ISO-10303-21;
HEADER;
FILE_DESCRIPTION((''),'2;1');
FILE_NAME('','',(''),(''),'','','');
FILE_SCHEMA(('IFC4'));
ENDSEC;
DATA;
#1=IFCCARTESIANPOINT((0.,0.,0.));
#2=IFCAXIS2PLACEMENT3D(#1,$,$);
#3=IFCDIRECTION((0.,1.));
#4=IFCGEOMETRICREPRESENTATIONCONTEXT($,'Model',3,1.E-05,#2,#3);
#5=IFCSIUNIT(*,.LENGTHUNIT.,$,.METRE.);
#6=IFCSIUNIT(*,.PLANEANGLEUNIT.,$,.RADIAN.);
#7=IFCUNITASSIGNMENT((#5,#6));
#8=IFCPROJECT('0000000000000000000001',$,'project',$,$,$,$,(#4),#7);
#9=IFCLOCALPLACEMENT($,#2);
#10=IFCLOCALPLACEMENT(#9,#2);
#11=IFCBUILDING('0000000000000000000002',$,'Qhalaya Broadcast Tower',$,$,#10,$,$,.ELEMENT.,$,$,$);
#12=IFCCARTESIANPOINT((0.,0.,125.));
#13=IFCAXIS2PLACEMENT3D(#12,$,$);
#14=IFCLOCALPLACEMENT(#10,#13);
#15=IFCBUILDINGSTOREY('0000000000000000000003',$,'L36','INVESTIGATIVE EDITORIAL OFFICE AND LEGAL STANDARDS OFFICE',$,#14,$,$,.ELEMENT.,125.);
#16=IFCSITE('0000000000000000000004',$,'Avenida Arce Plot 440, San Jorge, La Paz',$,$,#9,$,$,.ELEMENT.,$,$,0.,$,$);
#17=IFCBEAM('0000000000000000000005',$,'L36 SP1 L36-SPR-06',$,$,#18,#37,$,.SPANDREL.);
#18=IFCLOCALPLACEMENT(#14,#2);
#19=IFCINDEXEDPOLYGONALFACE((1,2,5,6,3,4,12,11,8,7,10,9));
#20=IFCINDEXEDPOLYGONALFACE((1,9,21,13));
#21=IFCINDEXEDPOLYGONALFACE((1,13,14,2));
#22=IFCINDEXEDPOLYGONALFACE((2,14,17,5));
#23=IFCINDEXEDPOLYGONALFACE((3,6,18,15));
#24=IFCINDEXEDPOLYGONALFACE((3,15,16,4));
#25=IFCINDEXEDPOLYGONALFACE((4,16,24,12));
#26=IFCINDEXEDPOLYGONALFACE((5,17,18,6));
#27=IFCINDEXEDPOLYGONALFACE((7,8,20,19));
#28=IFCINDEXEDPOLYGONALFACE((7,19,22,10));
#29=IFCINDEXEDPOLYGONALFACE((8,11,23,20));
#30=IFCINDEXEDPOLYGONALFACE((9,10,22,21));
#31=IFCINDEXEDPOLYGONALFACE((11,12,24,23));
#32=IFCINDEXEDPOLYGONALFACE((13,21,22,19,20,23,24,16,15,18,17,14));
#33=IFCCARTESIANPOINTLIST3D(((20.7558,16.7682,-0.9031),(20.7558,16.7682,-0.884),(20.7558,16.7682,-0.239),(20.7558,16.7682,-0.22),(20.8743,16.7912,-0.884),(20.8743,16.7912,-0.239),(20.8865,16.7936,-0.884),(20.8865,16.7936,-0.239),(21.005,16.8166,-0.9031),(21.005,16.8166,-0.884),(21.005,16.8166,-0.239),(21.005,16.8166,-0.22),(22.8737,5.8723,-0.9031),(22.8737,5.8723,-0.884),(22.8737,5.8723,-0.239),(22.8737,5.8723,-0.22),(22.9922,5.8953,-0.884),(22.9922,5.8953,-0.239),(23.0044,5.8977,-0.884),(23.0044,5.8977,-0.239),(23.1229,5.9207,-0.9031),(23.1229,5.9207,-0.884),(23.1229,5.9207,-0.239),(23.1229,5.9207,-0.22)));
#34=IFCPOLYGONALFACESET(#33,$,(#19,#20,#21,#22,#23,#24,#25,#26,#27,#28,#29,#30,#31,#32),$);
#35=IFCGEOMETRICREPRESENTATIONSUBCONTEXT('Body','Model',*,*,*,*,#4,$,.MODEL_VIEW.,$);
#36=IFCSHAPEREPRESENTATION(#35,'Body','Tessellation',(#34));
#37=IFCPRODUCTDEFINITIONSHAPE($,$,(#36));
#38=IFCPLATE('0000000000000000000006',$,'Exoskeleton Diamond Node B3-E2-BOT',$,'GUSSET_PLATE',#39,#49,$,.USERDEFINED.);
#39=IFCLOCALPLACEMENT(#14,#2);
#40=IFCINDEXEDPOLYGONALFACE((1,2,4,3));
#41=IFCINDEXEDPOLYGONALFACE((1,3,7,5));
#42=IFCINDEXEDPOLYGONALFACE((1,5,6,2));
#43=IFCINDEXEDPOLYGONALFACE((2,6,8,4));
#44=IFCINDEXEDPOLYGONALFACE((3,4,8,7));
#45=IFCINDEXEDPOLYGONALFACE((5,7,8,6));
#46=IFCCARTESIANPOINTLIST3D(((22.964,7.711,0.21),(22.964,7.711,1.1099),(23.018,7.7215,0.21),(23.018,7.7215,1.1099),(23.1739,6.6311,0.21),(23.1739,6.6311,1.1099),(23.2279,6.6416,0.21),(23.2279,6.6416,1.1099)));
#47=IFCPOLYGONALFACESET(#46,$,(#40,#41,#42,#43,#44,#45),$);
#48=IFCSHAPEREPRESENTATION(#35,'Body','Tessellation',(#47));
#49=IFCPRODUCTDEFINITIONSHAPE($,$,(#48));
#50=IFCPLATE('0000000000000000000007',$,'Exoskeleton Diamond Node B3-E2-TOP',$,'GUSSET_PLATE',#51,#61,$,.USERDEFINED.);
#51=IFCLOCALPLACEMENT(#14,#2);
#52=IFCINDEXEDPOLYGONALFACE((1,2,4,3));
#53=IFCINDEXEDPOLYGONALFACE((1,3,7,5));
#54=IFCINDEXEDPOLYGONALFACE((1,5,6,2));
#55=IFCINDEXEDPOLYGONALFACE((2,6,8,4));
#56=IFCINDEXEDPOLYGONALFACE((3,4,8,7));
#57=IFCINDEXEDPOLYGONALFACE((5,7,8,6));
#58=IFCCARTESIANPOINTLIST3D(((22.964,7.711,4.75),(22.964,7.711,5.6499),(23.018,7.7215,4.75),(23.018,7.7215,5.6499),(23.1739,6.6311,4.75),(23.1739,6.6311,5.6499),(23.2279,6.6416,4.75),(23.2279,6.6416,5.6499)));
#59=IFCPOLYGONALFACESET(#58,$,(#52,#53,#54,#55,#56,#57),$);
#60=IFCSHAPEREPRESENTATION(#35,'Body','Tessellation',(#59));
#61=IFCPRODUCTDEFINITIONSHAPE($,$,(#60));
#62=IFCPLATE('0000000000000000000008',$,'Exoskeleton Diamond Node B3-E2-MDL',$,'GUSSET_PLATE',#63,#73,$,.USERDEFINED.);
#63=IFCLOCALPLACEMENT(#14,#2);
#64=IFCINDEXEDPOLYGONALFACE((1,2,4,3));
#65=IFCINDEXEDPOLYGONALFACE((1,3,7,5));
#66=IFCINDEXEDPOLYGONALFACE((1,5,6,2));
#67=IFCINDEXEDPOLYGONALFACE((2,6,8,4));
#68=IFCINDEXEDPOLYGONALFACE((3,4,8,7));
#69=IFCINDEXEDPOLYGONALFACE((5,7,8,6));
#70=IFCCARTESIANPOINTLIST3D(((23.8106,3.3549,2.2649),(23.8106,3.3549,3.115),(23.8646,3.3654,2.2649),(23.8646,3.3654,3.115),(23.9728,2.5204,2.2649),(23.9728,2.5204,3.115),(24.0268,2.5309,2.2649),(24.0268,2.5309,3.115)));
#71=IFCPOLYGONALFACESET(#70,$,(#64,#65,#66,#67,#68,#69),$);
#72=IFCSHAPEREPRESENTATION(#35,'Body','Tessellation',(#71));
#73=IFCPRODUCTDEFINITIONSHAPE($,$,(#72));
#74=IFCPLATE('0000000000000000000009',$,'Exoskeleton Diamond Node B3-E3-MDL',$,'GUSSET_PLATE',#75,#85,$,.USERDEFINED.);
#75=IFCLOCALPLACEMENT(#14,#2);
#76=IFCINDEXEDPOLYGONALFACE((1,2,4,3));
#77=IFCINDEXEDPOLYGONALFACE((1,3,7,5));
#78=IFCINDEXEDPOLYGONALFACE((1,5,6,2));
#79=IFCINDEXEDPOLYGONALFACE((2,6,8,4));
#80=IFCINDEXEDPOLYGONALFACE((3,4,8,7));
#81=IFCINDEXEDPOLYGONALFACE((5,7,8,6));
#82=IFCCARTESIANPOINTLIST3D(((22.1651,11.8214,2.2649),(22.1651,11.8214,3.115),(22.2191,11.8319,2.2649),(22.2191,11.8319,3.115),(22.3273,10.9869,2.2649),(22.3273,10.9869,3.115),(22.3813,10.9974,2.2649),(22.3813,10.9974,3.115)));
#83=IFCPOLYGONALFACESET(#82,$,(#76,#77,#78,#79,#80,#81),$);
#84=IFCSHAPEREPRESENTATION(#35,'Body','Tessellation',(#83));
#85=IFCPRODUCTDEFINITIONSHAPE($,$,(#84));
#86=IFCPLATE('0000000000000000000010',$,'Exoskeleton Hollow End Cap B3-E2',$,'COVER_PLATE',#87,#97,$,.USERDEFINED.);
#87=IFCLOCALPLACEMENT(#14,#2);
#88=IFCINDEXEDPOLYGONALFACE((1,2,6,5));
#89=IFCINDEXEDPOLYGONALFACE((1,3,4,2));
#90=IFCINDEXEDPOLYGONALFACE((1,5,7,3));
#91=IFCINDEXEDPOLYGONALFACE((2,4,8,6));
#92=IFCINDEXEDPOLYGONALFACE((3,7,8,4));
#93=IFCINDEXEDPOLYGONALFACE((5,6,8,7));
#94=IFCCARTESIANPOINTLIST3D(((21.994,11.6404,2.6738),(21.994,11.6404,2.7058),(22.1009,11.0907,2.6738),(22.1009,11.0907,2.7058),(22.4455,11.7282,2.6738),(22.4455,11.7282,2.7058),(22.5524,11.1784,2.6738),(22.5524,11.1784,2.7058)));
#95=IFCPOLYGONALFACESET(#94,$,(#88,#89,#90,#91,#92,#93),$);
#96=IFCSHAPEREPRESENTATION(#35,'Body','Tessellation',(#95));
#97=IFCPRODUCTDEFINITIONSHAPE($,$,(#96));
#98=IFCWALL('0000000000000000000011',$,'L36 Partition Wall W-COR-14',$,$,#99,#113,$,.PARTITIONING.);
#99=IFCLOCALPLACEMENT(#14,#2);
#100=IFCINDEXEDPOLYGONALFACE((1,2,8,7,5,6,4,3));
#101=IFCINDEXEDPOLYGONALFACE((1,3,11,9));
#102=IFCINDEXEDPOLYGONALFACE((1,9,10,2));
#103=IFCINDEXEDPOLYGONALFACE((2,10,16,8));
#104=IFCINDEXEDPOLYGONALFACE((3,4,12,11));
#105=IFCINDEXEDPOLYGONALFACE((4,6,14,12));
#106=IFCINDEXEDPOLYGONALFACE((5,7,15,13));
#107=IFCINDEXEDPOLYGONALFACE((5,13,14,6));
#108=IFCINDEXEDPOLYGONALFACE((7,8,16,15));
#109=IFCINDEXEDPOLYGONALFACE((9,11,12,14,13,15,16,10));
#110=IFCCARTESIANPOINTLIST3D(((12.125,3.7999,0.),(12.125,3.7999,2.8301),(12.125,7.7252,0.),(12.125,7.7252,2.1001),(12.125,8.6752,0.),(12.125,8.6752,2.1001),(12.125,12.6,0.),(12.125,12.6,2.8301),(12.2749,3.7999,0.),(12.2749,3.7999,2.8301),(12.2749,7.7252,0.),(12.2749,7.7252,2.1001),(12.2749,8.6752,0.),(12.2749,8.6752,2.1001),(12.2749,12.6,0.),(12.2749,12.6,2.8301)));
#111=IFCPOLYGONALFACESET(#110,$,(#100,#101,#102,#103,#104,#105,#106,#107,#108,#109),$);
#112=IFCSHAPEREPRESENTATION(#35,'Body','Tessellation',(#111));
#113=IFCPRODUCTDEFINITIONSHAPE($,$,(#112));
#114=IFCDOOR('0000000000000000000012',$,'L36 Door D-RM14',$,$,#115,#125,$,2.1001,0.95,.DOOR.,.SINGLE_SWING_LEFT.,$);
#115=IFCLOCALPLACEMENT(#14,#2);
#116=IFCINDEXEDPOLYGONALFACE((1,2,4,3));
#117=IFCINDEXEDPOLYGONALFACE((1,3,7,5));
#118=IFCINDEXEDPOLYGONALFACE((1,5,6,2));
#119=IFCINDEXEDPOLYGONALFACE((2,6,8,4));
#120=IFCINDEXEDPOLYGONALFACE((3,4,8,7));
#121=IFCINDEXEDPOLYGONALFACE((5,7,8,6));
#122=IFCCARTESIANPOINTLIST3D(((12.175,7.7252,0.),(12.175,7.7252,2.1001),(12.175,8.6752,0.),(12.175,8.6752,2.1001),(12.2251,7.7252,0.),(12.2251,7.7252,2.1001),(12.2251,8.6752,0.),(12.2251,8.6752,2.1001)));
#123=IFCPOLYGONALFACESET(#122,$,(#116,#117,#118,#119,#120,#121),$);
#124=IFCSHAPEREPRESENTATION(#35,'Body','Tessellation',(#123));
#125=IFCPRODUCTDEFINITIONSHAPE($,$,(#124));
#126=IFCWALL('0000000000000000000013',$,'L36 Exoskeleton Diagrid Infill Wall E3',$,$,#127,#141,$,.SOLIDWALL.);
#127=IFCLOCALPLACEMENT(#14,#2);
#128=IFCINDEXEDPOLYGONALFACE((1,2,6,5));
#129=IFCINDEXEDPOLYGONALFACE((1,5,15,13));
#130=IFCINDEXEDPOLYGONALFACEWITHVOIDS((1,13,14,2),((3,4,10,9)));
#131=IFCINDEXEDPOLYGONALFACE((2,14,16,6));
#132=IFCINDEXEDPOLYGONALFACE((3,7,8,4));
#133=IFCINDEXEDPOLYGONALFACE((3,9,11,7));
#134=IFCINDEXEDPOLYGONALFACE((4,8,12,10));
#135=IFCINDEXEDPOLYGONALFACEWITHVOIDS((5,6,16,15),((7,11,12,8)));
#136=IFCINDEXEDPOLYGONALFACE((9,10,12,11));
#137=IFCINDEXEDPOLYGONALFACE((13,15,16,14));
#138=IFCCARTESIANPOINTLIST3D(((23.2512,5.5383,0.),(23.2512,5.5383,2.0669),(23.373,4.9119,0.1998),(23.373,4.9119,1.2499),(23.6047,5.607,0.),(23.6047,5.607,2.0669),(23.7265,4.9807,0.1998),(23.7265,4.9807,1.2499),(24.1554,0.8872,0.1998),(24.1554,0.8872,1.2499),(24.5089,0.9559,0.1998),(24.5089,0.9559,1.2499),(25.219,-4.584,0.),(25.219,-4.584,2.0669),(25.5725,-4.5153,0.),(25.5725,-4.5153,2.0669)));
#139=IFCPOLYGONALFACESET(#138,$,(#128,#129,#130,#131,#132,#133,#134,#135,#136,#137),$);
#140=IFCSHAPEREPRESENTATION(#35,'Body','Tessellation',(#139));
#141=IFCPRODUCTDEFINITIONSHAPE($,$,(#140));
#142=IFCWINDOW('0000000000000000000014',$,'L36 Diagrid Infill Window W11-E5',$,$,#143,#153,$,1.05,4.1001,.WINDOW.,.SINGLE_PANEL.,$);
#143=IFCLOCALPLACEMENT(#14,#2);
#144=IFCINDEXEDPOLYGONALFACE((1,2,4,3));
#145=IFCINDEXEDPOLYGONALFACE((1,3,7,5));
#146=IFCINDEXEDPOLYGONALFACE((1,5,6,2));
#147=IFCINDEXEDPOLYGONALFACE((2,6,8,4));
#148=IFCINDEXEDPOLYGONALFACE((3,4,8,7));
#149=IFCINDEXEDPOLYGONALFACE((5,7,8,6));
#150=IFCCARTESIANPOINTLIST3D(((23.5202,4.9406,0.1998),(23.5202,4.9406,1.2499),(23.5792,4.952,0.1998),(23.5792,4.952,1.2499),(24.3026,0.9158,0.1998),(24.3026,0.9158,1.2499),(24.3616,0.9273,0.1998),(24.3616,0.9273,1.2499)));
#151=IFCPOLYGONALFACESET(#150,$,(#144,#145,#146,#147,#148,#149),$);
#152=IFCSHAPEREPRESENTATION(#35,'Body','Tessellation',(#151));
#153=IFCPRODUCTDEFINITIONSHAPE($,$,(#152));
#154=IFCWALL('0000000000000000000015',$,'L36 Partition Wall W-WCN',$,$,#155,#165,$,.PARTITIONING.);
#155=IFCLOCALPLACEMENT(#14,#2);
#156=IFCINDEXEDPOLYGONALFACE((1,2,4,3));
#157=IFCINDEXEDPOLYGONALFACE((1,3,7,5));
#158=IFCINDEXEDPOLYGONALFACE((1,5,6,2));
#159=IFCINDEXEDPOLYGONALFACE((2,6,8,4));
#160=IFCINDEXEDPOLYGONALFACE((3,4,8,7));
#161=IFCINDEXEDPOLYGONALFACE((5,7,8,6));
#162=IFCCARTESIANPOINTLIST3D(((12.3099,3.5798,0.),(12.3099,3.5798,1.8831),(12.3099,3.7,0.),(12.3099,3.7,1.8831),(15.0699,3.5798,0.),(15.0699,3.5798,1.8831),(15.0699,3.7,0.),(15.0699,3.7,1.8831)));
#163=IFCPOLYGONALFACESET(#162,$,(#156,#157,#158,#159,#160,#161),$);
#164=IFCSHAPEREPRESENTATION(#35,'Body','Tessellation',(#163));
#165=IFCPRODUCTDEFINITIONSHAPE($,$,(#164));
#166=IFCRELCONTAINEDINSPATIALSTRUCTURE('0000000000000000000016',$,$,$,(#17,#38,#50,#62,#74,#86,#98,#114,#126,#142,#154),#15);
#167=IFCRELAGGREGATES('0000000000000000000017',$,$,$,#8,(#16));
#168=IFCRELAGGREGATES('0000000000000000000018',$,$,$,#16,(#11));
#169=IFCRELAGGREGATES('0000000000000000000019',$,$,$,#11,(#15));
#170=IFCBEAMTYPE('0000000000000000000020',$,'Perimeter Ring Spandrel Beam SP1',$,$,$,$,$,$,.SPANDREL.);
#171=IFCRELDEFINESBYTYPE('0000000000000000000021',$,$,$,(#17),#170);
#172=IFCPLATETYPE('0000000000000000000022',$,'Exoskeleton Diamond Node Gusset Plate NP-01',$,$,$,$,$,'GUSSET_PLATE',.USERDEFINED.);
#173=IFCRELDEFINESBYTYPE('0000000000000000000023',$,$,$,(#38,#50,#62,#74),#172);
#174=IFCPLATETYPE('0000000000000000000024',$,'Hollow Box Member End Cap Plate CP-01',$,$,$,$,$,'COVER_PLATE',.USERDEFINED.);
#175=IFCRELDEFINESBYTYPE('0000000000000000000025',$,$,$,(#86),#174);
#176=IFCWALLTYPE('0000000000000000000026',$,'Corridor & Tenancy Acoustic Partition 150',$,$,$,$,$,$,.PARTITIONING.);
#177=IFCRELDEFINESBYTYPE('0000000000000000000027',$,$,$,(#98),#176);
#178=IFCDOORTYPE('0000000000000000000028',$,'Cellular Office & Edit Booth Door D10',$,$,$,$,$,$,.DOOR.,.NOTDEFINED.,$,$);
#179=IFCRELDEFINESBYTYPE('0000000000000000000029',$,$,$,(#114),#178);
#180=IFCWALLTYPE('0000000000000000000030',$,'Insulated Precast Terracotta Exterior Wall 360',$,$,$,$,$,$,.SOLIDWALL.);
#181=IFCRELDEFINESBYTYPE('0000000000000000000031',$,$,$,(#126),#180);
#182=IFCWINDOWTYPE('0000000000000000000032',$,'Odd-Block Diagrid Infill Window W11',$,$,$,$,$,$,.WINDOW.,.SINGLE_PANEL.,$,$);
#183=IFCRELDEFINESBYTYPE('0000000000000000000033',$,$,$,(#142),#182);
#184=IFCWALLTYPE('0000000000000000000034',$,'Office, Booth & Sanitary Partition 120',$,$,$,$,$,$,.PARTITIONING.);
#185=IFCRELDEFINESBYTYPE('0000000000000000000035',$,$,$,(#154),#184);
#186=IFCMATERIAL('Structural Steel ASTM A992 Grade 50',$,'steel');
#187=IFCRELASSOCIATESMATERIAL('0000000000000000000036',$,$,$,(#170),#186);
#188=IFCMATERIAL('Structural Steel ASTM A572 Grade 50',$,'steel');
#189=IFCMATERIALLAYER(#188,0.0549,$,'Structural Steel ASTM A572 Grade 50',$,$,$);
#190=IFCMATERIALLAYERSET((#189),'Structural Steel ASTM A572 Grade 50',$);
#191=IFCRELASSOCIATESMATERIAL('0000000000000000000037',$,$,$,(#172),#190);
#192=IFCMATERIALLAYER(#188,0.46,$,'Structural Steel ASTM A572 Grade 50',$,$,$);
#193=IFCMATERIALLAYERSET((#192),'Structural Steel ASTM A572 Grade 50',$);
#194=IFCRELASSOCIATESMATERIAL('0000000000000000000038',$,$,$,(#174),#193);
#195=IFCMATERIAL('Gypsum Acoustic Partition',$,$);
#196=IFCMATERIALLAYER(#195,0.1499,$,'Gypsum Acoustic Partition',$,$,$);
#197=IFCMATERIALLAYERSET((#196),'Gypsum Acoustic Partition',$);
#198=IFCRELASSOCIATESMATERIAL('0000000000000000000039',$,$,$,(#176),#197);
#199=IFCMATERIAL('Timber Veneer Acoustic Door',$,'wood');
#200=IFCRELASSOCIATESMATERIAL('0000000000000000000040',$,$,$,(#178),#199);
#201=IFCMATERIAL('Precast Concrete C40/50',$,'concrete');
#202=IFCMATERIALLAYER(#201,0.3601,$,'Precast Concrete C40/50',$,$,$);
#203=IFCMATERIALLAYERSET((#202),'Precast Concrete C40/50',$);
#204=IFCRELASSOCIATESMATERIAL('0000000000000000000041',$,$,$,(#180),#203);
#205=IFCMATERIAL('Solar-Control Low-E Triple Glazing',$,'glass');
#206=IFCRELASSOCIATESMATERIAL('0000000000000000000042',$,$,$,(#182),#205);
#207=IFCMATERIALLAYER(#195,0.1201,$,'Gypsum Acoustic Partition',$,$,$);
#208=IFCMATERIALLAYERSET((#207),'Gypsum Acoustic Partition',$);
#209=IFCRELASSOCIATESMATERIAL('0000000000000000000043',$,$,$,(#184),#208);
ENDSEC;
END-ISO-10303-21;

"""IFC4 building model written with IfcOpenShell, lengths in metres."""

from ifc_helpers import new_model, si_unit, direction, frame, frame_2d, origin, origin_2d, place, context, subcontext, project, spatial, rectangle, i_section, extrude, material, layer, layer_set, material_profile, profile_set, type_object, element, fill, save


model = new_model("IFC4")

# Units and contexts
model_context = context("Model", 3, precision=1e-05, world=origin(), true_north=direction((0.0, 1.0)))
body_context = subcontext(model_context, "Body", "Model", "MODEL_VIEW")
ifc_project = project(units=[si_unit("LENGTHUNIT", "METRE"), si_unit("PLANEANGLEUNIT", "RADIAN")], contexts=[model_context])

# Site, building, storey
site_placement = place(None, origin())
site = spatial("IfcSite", under=ifc_project, at=site_placement, Name="Avenida Arce Plot 440, San Jorge, La Paz", CompositionType="ELEMENT", RefElevation=0.0)
building_placement = place(site_placement, origin())
building = spatial("IfcBuilding", under=site, at=building_placement, Name="Qhalaya Broadcast Tower", CompositionType="ELEMENT")
storey_placement = place(building_placement, frame((0.0, 0.0, 125.0)))
storey = spatial("IfcBuildingStorey", under=building, at=storey_placement, Name="L36", Description="INVESTIGATIVE EDITORIAL OFFICE AND LEGAL STANDARDS OFFICE", CompositionType="ELEMENT", Elevation=125.0)

# Shared definitions
ifc_material_1 = material(Name="Structural Steel ASTM A572 Grade 50", Category="steel")

# Shared definitions
ifc_material_2 = material(Name="Structural Steel ASTM A992 Grade 50", Category="steel")

# Beam
ifc_material_profile_1 = material_profile(ifc_material_2, i_section(OverallWidth=0.2539, OverallDepth=0.6831, WebThickness=0.0125, FlangeThickness=0.019, at=origin_2d()), Name="W27X94")
ifc_profile_set_1 = profile_set([ifc_material_profile_1], Name="Structural Steel ASTM A992 Grade 50")
beam_type_1 = type_object("IfcBeamType", Name="Perimeter Ring Spandrel Beam SP1", PredefinedType="SPANDREL", material=ifc_profile_set_1)
beam_1_placement = place(storey_placement, frame((22.9983, 5.8965, -0.5615), z_axis=(-0.190805, 0.981628, 0.0), x_axis=(-0.981628, -0.190805, 0.0)))
element("IfcBeam", 1, at=beam_1_placement, inside=storey, type_object=beam_type_1, Name="L36 SP1 L36-SPR-06", PredefinedType="SPANDREL", context=body_context, shape_type="SweptSolid", body=[
    extrude(i_section(OverallWidth=0.2539, OverallDepth=0.6831, WebThickness=0.0125, FlangeThickness=0.019, at=origin_2d()), origin(), (0.0, 0.0, 1.0), 11.0999),
])

# Plates
ifc_layer_1 = layer(ifc_material_1, 0.0549, Name="Structural Steel ASTM A572 Grade 50")
ifc_layer_set_1 = layer_set([ifc_layer_1], Name="Structural Steel ASTM A572 Grade 50")
plate_type_1 = type_object("IfcPlateType", Name="Exoskeleton Diamond Node Gusset Plate NP-01", ElementType="GUSSET_PLATE", PredefinedType="USERDEFINED", material=ifc_layer_set_1)
for number, where, z_axis, x_axis, name in (
    (2, (23.0959, 7.1763, 0.21), (0.0, 0.0, 1.0), (-0.190809, 0.981627, 0.0), "Exoskeleton Diamond Node B3-E2-BOT"),
    (3, (23.0959, 7.1763, 4.75), (0.0, 0.0, 1.0), (-0.190809, 0.981627, 0.0), "Exoskeleton Diamond Node B3-E2-TOP"),
):
    element("IfcPlate", number, at=place(storey_placement, frame(where, z_axis=z_axis, x_axis=x_axis)), inside=storey, type_object=plate_type_1, Name=name, ObjectType="GUSSET_PLATE", PredefinedType="USERDEFINED", context=body_context, shape_type="SweptSolid", body=[
        extrude(rectangle(XDim=1.1001, YDim=0.0549, at=origin_2d()), origin(), (0.0, 0.0, 1.0), 0.8999),
    ])
for number, where, z_axis, x_axis, name in (
    (4, (23.9187, 2.9429, 2.2649), (0.0, 0.0, 1.0), (-0.190809, 0.981627, 0.0), "Exoskeleton Diamond Node B3-E2-MDL"),
    (5, (22.2732, 11.4094, 2.2649), (0.0, 0.0, 1.0), (-0.190809, 0.981627, 0.0), "Exoskeleton Diamond Node B3-E3-MDL"),
):
    element("IfcPlate", number, at=place(storey_placement, frame(where, z_axis=z_axis, x_axis=x_axis)), inside=storey, type_object=plate_type_1, Name=name, ObjectType="GUSSET_PLATE", PredefinedType="USERDEFINED", context=body_context, shape_type="SweptSolid", body=[
        extrude(rectangle(XDim=0.8501, YDim=0.0549, at=origin_2d()), origin(), (0.0, 0.0, 1.0), 0.8501),
    ])
ifc_layer_2 = layer(ifc_material_1, 0.46, Name="Structural Steel ASTM A572 Grade 50")
ifc_layer_set_2 = layer_set([ifc_layer_2], Name="Structural Steel ASTM A572 Grade 50")
plate_type_2 = type_object("IfcPlateType", Name="Hollow Box Member End Cap Plate CP-01", ElementType="COVER_PLATE", PredefinedType="USERDEFINED", material=ifc_layer_set_2)
plate_placement = place(storey_placement, frame((22.2732, 11.4094, 2.6738), z_axis=(0.0, 0.0, 1.0), x_axis=(-0.190809, 0.981627, 0.0)))
element("IfcPlate", 6, at=plate_placement, inside=storey, type_object=plate_type_2, Name="Exoskeleton Hollow End Cap B3-E2", ObjectType="COVER_PLATE", PredefinedType="USERDEFINED", context=body_context, shape_type="SweptSolid", body=[
    extrude(rectangle(XDim=0.5601, YDim=0.46, at=origin_2d()), origin(), (0.0, 0.0, 1.0), 0.032),
])

# Wall, opening, door
ifc_material_3 = material(Name="Gypsum Acoustic Partition")
ifc_layer_3 = layer(ifc_material_3, 0.1499, Name="Gypsum Acoustic Partition")
ifc_layer_set_3 = layer_set([ifc_layer_3], Name="Gypsum Acoustic Partition")
wall_type_1 = type_object("IfcWallType", Name="Corridor & Tenancy Acoustic Partition 150", PredefinedType="PARTITIONING", material=ifc_layer_set_3)
wall_1_placement = place(storey_placement, frame((12.2, 3.8, 0.0), z_axis=(0.0, 0.0, 1.0), x_axis=(0.0, 1.0, 0.0)))
wall_1 = element("IfcWall", 7, at=wall_1_placement, inside=storey, type_object=wall_type_1, Name="L36 Partition Wall W-COR-14", PredefinedType="PARTITIONING", context=body_context, shape_type="SweptSolid", body=[
    extrude(rectangle(XDim=8.8, YDim=0.1499, at=frame_2d((4.3999, 0.0))), origin(), (0.0, 0.0, 1.0), 2.8301),
])
opening_1_placement = place(wall_1_placement, frame((3.925, 0.0, 0.0)))
opening_1 = element("IfcOpeningElement", 8, at=opening_1_placement, cuts=wall_1, PredefinedType="OPENING", context=body_context, shape_type="SweptSolid", body=[
    extrude(rectangle(XDim=0.95, YDim=2.1001, at=frame_2d((0.4751, 1.05))), frame((0.0, 0.0869, 0.0), z_axis=(0.0, -1.0, 0.0), x_axis=(1.0, 0.0, 0.0)), (0.0, 0.0, 1.0), 0.1738),
])
ifc_material_4 = material(Name="Timber Veneer Acoustic Door", Category="wood")
door_type = type_object("IfcDoorType", Name="Cellular Office & Edit Booth Door D10", OperationType="NOTDEFINED", PredefinedType="DOOR", material=ifc_material_4)
door_placement = place(opening_1_placement, origin())
door = element("IfcDoor", 9, at=door_placement, inside=storey, type_object=door_type, Name="L36 Door D-RM14", OperationType="SINGLE_SWING_LEFT", OverallHeight=2.1001, OverallWidth=0.95, PredefinedType="DOOR", context=body_context, shape_type="SweptSolid", body=[
    extrude(rectangle(XDim=0.95, YDim=2.1001, at=frame_2d((0.4751, 1.05))), frame((0.0, 0.0249, 0.0), z_axis=(0.0, -1.0, 0.0), x_axis=(1.0, 0.0, 0.0)), (0.0, 0.0, 1.0), 0.05),
])
fill(opening_1, door)

# Wall, opening, window
ifc_material_5 = material(Name="Precast Concrete C40/50", Category="concrete")
ifc_layer_4 = layer(ifc_material_5, 0.3601, Name="Precast Concrete C40/50")
ifc_layer_set_4 = layer_set([ifc_layer_4], Name="Precast Concrete C40/50")
wall_type_2 = type_object("IfcWallType", Name="Insulated Precast Terracotta Exterior Wall 360", PredefinedType="SOLIDWALL", material=ifc_layer_set_4)
wall_2_placement = place(storey_placement, frame((23.428, 5.5725, 0.0), z_axis=(0.0, 0.0, 1.0), x_axis=(0.190827, -0.981624, 0.0)))
wall_2 = element("IfcWall", 10, at=wall_2_placement, inside=storey, type_object=wall_type_2, Name="L36 Exoskeleton Diagrid Infill Wall E3", PredefinedType="SOLIDWALL", context=body_context, shape_type="SweptSolid", body=[
    extrude(rectangle(XDim=10.3118, YDim=0.3601, at=frame_2d((5.1558, 0.0))), origin(), (0.0, 0.0, 1.0), 2.0669),
])
opening_2_placement = place(wall_2_placement, frame((0.6379, 0.0, 0.2)))
opening_2 = element("IfcOpeningElement", 11, at=opening_2_placement, cuts=wall_2, PredefinedType="OPENING", context=body_context, shape_type="SweptSolid", body=[
    extrude(rectangle(XDim=4.1001, YDim=1.05, at=frame_2d((2.05, 0.5249))), frame((0.0, 0.1921, 0.0), z_axis=(0.0, -1.0, 0.0), x_axis=(1.0, 0.0, 0.0)), (0.0, 0.0, 1.0), 0.384),
])
ifc_material_6 = material(Name="Solar-Control Low-E Triple Glazing", Category="glass")
window_type = type_object("IfcWindowType", Name="Odd-Block Diagrid Infill Window W11", PartitioningType="SINGLE_PANEL", PredefinedType="WINDOW", material=ifc_material_6)
window_placement = place(opening_2_placement, origin())
window = element("IfcWindow", 12, at=window_placement, inside=storey, type_object=window_type, Name="L36 Diagrid Infill Window W11-E5", OverallHeight=1.05, OverallWidth=4.1001, PartitioningType="SINGLE_PANEL", PredefinedType="WINDOW", context=body_context, shape_type="SweptSolid", body=[
    extrude(rectangle(XDim=4.1001, YDim=1.05, at=frame_2d((2.05, 0.5249))), frame((0.0, 0.03, 0.0), z_axis=(0.0, -1.0, 0.0), x_axis=(1.0, 0.0, 0.0)), (0.0, 0.0, 1.0), 0.0601),
])
fill(opening_2, window)

# Wall
ifc_layer_5 = layer(ifc_material_3, 0.1201, Name="Gypsum Acoustic Partition")
ifc_layer_set_5 = layer_set([ifc_layer_5], Name="Gypsum Acoustic Partition")
wall_type_3 = type_object("IfcWallType", Name="Office, Booth & Sanitary Partition 120", PredefinedType="PARTITIONING", material=ifc_layer_set_5)
wall_3_placement = place(storey_placement, frame((12.3101, 3.6399, 0.0), z_axis=(0.0, 0.0, 1.0), x_axis=(1.0, 0.0, 0.0)))
element("IfcWall", 13, at=wall_3_placement, inside=storey, type_object=wall_type_3, Name="L36 Partition Wall W-WCN", PredefinedType="PARTITIONING", context=body_context, shape_type="SweptSolid", body=[
    extrude(rectangle(XDim=2.76, YDim=0.1201, at=frame_2d((1.3799, 0.0))), origin(), (0.0, 0.0, 1.0), 1.8831),
])

save(model, "model.ifc")
